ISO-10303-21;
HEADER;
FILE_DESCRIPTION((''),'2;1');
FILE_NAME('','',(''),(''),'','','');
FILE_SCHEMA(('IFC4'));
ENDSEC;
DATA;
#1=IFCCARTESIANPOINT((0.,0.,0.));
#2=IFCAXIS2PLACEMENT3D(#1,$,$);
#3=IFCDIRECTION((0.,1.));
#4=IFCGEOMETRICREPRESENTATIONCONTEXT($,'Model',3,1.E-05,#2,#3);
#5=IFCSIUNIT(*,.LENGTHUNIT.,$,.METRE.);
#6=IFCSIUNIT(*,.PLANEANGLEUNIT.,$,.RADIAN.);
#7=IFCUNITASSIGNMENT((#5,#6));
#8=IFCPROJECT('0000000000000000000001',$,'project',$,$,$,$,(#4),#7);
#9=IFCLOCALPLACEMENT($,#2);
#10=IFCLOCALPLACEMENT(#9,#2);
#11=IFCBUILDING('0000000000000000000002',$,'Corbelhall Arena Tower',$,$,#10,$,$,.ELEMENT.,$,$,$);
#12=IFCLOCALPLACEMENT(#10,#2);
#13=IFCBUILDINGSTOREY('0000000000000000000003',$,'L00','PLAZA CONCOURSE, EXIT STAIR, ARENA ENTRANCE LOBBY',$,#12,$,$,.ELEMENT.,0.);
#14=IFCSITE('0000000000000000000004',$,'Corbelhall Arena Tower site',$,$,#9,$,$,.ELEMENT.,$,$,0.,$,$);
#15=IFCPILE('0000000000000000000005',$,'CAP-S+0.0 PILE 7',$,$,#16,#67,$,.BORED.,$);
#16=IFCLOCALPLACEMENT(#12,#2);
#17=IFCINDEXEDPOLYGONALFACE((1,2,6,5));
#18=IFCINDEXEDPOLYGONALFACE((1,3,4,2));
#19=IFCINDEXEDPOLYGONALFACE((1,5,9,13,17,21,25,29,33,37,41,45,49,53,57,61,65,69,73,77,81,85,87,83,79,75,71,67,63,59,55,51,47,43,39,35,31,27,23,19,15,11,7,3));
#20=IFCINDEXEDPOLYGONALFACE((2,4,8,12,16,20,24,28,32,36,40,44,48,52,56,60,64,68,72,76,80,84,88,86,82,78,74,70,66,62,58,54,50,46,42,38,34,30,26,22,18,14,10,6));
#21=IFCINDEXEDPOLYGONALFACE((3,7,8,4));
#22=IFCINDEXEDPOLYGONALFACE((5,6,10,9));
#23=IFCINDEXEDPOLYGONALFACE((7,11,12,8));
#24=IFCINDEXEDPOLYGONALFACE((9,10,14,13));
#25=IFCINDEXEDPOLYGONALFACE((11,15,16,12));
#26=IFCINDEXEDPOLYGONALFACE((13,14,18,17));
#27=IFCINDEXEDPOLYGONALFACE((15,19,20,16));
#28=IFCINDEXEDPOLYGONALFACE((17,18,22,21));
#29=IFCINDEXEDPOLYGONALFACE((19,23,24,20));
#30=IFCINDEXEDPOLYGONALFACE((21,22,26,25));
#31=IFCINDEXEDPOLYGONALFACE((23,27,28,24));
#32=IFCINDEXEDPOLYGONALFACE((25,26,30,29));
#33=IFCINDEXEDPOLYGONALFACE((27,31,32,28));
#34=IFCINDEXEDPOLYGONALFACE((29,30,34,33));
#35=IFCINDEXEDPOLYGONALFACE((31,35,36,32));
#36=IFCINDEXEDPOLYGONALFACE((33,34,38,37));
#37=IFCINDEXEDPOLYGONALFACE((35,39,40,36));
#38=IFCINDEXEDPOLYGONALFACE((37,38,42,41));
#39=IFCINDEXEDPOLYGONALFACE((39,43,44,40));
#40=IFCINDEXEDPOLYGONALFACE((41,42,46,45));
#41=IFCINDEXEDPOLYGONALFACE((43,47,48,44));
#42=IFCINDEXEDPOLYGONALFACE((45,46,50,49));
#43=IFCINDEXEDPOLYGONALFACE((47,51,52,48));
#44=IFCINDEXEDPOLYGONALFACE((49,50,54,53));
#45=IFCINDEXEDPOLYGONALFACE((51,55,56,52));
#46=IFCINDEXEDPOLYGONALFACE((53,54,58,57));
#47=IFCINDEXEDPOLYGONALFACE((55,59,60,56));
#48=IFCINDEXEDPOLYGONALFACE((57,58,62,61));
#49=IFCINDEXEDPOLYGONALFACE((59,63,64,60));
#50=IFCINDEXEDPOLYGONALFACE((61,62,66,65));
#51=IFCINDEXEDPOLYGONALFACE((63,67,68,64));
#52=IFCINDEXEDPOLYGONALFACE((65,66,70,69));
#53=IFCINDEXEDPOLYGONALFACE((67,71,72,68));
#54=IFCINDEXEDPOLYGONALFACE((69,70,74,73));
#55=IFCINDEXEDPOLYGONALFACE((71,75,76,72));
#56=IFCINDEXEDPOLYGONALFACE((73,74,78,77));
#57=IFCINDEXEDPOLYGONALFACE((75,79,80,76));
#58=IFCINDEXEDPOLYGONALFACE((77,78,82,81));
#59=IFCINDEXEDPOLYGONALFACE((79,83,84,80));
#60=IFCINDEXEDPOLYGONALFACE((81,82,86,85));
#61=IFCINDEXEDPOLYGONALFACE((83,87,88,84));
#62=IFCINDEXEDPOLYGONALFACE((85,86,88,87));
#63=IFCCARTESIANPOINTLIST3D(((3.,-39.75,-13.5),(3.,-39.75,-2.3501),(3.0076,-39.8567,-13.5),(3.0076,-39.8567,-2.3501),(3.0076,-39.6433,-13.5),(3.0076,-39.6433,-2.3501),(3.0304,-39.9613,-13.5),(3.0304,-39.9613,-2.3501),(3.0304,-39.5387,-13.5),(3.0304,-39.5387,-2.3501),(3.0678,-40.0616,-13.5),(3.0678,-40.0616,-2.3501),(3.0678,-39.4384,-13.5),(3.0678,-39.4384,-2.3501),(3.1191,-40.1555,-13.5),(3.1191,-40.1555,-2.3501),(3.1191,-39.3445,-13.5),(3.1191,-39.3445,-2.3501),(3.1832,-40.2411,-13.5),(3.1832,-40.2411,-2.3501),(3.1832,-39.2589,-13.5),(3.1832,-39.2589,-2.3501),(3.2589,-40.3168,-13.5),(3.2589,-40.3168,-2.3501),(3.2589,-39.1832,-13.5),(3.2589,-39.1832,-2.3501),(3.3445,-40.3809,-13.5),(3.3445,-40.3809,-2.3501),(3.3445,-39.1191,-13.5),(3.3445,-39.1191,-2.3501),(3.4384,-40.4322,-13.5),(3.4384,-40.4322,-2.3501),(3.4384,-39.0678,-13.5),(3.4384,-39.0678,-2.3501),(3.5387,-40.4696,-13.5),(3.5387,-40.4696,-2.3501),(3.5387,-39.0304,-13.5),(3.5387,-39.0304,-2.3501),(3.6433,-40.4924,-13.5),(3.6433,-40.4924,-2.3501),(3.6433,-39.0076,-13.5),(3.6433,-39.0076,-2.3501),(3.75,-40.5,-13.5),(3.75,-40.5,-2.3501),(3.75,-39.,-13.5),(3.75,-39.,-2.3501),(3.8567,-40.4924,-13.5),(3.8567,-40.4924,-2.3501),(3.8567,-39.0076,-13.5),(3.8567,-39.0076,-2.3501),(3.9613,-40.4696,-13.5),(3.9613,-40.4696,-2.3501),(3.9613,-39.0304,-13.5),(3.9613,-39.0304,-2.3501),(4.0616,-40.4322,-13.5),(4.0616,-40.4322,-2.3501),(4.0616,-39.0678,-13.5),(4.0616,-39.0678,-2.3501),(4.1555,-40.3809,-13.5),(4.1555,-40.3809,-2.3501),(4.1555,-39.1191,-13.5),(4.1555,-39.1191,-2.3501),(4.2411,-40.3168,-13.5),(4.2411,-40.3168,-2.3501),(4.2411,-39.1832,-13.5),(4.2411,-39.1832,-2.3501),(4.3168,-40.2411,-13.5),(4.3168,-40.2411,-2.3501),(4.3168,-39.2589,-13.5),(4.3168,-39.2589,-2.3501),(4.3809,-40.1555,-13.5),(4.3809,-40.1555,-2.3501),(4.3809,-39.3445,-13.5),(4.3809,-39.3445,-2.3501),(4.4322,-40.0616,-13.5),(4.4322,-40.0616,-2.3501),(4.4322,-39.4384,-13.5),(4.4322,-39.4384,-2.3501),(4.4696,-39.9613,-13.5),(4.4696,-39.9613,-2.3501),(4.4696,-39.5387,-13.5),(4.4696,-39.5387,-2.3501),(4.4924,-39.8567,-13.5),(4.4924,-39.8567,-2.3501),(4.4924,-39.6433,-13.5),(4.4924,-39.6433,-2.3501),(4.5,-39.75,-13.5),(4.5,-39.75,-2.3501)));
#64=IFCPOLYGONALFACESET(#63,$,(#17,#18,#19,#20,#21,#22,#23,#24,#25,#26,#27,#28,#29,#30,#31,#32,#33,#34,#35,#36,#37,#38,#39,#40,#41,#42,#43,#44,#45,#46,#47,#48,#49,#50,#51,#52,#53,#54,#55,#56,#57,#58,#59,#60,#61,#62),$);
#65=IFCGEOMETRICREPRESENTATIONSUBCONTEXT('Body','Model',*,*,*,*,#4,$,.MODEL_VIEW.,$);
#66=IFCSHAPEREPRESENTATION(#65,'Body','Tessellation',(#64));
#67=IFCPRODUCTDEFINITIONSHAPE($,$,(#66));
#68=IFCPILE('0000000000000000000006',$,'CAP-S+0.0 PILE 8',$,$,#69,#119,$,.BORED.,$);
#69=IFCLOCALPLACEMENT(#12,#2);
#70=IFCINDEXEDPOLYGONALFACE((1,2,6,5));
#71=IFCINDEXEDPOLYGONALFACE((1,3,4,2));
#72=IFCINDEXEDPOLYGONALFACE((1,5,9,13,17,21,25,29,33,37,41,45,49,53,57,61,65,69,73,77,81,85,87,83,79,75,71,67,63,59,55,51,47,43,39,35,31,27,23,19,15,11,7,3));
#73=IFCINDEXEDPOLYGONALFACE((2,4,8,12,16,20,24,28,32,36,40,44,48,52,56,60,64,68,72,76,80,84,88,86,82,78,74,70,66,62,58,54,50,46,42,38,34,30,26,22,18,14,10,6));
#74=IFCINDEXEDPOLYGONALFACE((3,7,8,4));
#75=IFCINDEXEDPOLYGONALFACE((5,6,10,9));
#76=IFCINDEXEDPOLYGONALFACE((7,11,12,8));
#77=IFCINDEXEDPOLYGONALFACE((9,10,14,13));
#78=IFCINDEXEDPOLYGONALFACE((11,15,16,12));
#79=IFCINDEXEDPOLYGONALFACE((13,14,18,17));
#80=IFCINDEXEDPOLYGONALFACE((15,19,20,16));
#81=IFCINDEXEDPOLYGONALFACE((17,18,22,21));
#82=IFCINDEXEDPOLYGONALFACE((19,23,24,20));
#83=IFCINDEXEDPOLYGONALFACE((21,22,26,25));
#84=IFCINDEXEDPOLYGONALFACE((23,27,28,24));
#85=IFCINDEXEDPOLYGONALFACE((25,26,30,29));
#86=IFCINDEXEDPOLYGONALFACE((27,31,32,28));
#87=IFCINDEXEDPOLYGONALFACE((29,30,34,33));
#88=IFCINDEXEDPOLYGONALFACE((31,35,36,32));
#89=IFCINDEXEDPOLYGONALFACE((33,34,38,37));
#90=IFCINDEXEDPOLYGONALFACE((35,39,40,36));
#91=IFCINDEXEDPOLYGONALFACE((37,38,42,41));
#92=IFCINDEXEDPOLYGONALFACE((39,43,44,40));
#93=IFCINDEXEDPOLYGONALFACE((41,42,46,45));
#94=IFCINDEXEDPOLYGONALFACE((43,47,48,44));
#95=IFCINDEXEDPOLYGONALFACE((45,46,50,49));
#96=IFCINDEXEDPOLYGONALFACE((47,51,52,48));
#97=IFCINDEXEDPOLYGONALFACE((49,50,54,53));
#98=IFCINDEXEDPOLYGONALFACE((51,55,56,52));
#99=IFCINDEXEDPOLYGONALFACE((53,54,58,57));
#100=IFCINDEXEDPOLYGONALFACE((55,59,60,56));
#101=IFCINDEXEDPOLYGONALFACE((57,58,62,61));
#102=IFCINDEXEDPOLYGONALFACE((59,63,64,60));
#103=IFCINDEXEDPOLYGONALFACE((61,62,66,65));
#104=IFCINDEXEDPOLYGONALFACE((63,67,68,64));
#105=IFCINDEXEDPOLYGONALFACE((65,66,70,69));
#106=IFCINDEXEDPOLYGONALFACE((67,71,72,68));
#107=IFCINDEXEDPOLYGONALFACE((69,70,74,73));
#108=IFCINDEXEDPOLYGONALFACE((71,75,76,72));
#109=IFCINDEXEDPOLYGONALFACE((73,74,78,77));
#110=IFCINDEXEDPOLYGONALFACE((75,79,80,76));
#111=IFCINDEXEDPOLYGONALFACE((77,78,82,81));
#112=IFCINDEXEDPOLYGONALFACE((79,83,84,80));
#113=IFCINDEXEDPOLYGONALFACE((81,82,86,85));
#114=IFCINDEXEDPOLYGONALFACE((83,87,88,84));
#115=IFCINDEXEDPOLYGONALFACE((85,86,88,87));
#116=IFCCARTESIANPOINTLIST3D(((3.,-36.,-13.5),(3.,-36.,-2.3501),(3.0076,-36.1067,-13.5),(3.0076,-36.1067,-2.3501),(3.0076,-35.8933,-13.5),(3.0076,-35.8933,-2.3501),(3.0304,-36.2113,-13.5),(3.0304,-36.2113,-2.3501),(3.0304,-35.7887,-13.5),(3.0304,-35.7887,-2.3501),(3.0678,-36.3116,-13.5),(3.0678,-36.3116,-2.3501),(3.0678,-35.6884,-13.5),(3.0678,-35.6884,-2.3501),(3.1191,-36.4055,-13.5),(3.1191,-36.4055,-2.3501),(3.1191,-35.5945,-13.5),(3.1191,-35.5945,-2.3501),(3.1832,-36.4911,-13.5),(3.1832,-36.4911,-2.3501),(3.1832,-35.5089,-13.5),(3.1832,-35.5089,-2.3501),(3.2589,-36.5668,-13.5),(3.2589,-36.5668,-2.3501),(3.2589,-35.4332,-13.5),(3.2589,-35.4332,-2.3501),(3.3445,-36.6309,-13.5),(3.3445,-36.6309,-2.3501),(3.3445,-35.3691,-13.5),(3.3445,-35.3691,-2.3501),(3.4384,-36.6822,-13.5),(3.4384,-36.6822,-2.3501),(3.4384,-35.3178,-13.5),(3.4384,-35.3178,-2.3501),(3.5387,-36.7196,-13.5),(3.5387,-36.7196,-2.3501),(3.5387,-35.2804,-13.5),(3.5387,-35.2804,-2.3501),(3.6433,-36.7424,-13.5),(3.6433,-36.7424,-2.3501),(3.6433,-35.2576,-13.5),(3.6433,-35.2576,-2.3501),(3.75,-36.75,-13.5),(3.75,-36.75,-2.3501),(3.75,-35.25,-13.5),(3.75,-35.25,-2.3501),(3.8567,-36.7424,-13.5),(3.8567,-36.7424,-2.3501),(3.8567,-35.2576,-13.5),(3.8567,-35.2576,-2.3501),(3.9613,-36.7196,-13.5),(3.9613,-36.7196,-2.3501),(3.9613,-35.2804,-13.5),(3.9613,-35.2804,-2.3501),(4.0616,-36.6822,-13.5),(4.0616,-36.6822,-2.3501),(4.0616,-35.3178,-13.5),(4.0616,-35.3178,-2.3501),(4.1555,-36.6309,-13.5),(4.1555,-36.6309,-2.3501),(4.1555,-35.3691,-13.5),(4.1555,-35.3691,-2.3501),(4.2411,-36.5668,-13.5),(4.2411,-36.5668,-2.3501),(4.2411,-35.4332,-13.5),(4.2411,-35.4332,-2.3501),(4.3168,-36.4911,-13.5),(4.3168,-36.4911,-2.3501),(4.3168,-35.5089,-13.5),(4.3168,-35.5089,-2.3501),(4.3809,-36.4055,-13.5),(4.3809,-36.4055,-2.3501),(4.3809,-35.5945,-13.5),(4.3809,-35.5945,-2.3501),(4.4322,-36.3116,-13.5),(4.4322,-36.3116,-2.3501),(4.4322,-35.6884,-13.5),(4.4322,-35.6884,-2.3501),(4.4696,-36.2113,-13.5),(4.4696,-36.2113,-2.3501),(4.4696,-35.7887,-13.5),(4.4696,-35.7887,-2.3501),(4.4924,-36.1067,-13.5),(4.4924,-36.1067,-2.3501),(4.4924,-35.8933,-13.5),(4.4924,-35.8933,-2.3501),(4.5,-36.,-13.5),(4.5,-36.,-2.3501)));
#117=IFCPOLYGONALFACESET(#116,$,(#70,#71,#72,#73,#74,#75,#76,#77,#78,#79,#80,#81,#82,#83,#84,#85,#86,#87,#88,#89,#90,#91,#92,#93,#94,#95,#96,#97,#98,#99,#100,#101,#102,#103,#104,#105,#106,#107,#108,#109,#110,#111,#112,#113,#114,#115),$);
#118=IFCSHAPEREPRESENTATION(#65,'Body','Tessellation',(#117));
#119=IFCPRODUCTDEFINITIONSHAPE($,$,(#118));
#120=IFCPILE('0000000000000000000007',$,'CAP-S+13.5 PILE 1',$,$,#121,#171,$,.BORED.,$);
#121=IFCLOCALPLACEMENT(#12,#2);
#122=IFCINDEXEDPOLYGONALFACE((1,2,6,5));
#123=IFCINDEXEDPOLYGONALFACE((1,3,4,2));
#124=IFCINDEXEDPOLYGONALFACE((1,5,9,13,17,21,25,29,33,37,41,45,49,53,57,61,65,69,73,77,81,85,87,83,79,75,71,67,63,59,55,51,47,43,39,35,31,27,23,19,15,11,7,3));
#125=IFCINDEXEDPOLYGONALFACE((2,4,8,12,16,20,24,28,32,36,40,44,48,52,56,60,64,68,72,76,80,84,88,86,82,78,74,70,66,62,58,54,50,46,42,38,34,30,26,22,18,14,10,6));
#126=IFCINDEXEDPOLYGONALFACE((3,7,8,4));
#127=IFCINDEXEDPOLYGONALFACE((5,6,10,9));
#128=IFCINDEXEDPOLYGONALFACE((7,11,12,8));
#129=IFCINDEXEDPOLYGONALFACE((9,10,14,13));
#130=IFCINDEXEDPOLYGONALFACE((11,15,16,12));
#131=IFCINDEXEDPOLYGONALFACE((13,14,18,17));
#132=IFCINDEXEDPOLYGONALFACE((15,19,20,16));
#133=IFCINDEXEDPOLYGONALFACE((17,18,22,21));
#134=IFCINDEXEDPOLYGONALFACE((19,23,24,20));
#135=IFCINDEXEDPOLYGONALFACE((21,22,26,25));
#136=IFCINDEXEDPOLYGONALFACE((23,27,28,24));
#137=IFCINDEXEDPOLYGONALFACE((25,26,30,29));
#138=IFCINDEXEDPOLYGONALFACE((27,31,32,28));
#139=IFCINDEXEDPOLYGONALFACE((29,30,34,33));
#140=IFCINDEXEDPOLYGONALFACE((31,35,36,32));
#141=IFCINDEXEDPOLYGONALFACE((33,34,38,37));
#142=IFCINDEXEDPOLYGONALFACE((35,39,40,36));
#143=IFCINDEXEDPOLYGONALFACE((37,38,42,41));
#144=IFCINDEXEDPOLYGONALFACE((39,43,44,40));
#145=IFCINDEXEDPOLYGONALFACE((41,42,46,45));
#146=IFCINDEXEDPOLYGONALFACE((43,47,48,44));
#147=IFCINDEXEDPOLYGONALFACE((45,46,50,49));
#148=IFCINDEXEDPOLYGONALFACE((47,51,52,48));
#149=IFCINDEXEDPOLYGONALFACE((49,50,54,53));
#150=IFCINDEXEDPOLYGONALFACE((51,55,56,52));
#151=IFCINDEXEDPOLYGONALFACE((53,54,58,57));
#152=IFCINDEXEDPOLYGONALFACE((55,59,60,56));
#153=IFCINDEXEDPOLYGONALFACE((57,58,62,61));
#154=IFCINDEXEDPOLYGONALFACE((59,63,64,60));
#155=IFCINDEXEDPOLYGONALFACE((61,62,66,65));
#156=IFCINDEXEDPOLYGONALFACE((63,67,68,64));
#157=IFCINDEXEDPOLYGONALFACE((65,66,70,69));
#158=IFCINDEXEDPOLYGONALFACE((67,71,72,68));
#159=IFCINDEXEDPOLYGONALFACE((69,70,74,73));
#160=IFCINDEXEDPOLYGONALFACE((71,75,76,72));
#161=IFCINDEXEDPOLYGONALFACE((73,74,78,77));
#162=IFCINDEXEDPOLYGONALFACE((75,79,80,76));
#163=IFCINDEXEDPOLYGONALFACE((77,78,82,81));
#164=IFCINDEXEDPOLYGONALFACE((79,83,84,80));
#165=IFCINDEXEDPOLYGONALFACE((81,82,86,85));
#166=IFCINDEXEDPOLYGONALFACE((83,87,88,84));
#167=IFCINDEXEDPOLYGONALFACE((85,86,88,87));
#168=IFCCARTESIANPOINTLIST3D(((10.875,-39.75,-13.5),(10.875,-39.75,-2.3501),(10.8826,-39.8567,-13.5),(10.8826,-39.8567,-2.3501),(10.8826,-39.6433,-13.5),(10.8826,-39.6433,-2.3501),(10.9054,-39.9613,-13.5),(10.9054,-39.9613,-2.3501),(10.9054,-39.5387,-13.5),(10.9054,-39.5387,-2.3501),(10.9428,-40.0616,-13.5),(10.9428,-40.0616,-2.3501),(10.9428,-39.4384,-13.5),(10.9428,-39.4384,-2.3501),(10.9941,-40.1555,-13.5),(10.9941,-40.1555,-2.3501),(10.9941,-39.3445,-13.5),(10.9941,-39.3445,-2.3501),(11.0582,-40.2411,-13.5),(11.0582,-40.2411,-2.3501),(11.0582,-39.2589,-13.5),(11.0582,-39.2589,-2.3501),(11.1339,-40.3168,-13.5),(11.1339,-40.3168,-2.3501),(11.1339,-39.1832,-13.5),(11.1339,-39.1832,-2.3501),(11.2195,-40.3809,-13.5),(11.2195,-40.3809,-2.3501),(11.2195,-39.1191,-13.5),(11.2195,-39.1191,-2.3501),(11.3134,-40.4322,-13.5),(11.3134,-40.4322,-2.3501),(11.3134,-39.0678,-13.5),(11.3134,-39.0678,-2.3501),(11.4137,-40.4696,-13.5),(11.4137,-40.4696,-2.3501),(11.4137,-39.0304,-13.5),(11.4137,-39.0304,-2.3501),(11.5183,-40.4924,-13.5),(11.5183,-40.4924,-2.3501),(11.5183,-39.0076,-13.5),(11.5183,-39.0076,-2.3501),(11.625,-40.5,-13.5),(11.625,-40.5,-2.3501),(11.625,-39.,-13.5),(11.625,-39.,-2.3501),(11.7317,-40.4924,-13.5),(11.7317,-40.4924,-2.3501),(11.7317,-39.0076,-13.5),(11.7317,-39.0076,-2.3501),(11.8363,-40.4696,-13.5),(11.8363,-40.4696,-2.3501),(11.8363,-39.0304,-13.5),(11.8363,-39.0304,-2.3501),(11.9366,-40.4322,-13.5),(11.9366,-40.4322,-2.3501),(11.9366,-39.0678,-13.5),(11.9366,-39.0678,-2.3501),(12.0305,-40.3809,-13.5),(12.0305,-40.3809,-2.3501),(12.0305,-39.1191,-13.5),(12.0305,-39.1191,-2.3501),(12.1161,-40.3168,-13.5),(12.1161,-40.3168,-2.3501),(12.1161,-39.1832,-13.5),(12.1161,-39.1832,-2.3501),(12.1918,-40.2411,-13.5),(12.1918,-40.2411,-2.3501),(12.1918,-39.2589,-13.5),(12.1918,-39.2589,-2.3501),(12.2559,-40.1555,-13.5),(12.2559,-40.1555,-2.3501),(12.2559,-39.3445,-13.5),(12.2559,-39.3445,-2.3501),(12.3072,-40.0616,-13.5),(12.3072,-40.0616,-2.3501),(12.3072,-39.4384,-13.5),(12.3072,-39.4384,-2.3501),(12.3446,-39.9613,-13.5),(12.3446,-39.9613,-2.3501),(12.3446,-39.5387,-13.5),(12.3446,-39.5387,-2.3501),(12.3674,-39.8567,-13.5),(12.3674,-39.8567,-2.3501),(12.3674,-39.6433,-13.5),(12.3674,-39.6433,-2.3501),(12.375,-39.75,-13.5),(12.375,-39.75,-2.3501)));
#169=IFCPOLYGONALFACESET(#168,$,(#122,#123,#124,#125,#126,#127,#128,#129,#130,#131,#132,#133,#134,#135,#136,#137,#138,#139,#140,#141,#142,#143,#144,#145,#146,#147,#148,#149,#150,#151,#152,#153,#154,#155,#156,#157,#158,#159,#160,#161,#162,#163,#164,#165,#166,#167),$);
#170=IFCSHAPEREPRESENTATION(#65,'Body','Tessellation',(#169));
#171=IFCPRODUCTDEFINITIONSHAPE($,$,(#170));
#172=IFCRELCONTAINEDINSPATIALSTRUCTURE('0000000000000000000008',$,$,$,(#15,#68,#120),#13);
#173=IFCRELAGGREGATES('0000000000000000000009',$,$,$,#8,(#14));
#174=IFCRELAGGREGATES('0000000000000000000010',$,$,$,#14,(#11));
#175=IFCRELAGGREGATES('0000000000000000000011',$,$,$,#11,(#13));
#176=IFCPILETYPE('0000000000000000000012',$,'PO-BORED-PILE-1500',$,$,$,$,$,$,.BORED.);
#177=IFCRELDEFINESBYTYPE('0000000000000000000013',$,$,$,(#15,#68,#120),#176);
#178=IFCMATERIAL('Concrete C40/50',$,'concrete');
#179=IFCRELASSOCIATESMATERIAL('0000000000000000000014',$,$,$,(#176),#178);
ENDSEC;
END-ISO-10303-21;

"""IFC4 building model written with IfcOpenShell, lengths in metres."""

from ifc_helpers import new_model, si_unit, direction, frame, origin, origin_2d, place, context, subcontext, project, spatial, circle, extrude, material, material_profile, profile_set, type_object, element, save


model = new_model("IFC4")

# Units and contexts
model_context = context("Model", 3, precision=1e-05, world=origin(), true_north=direction((0.0, 1.0)))
body_context = subcontext(model_context, "Body", "Model", "MODEL_VIEW")
ifc_project = project(units=[si_unit("LENGTHUNIT", "METRE"), si_unit("PLANEANGLEUNIT", "RADIAN")], contexts=[model_context])

# Site, building, storey
site_placement = place(None, origin())
site = spatial("IfcSite", under=ifc_project, at=site_placement, Name="Corbelhall Arena Tower site", CompositionType="ELEMENT", RefElevation=0.0)
building_placement = place(site_placement, origin())
building = spatial("IfcBuilding", under=site, at=building_placement, Name="Corbelhall Arena Tower", CompositionType="ELEMENT")
storey_placement = place(building_placement, origin())
storey = spatial("IfcBuildingStorey", under=building, at=storey_placement, Name="L00", Description="PLAZA CONCOURSE, EXIT STAIR, ARENA ENTRANCE LOBBY", CompositionType="ELEMENT", Elevation=0.0)

# Piles
ifc_material_1 = material(Name="Concrete C40/50", Category="concrete")
ifc_material_profile_1 = material_profile(ifc_material_1, circle(Radius=0.75, at=origin_2d()))
ifc_profile_set_1 = profile_set([ifc_material_profile_1], Name="Concrete C40/50")
pile_type = type_object("IfcPileType", Name="PO-BORED-PILE-1500", PredefinedType="BORED", material=ifc_profile_set_1)
for number, where, z_axis, x_axis, name in (
    (1, (3.75, -39.75, -2.3501), (0.0, 0.0, -1.0), (1.0, 0.0, 0.0), "CAP-S+0.0 PILE 7"),
    (2, (3.75, -36.0, -2.3501), (0.0, 0.0, -1.0), (1.0, 0.0, 0.0), "CAP-S+0.0 PILE 8"),
    (3, (11.625, -39.75, -2.3501), (0.0, 0.0, -1.0), (1.0, 0.0, 0.0), "CAP-S+13.5 PILE 1"),
):
    element("IfcPile", number, at=place(storey_placement, frame(where, z_axis=z_axis, x_axis=x_axis)), inside=storey, type_object=pile_type, Name=name, PredefinedType="BORED", context=body_context, shape_type="SweptSolid", body=[
        extrude(circle(Radius=0.75, at=origin_2d()), origin(), (0.0, 0.0, 1.0), 11.1499),
    ])

save(model, "model.ifc")
